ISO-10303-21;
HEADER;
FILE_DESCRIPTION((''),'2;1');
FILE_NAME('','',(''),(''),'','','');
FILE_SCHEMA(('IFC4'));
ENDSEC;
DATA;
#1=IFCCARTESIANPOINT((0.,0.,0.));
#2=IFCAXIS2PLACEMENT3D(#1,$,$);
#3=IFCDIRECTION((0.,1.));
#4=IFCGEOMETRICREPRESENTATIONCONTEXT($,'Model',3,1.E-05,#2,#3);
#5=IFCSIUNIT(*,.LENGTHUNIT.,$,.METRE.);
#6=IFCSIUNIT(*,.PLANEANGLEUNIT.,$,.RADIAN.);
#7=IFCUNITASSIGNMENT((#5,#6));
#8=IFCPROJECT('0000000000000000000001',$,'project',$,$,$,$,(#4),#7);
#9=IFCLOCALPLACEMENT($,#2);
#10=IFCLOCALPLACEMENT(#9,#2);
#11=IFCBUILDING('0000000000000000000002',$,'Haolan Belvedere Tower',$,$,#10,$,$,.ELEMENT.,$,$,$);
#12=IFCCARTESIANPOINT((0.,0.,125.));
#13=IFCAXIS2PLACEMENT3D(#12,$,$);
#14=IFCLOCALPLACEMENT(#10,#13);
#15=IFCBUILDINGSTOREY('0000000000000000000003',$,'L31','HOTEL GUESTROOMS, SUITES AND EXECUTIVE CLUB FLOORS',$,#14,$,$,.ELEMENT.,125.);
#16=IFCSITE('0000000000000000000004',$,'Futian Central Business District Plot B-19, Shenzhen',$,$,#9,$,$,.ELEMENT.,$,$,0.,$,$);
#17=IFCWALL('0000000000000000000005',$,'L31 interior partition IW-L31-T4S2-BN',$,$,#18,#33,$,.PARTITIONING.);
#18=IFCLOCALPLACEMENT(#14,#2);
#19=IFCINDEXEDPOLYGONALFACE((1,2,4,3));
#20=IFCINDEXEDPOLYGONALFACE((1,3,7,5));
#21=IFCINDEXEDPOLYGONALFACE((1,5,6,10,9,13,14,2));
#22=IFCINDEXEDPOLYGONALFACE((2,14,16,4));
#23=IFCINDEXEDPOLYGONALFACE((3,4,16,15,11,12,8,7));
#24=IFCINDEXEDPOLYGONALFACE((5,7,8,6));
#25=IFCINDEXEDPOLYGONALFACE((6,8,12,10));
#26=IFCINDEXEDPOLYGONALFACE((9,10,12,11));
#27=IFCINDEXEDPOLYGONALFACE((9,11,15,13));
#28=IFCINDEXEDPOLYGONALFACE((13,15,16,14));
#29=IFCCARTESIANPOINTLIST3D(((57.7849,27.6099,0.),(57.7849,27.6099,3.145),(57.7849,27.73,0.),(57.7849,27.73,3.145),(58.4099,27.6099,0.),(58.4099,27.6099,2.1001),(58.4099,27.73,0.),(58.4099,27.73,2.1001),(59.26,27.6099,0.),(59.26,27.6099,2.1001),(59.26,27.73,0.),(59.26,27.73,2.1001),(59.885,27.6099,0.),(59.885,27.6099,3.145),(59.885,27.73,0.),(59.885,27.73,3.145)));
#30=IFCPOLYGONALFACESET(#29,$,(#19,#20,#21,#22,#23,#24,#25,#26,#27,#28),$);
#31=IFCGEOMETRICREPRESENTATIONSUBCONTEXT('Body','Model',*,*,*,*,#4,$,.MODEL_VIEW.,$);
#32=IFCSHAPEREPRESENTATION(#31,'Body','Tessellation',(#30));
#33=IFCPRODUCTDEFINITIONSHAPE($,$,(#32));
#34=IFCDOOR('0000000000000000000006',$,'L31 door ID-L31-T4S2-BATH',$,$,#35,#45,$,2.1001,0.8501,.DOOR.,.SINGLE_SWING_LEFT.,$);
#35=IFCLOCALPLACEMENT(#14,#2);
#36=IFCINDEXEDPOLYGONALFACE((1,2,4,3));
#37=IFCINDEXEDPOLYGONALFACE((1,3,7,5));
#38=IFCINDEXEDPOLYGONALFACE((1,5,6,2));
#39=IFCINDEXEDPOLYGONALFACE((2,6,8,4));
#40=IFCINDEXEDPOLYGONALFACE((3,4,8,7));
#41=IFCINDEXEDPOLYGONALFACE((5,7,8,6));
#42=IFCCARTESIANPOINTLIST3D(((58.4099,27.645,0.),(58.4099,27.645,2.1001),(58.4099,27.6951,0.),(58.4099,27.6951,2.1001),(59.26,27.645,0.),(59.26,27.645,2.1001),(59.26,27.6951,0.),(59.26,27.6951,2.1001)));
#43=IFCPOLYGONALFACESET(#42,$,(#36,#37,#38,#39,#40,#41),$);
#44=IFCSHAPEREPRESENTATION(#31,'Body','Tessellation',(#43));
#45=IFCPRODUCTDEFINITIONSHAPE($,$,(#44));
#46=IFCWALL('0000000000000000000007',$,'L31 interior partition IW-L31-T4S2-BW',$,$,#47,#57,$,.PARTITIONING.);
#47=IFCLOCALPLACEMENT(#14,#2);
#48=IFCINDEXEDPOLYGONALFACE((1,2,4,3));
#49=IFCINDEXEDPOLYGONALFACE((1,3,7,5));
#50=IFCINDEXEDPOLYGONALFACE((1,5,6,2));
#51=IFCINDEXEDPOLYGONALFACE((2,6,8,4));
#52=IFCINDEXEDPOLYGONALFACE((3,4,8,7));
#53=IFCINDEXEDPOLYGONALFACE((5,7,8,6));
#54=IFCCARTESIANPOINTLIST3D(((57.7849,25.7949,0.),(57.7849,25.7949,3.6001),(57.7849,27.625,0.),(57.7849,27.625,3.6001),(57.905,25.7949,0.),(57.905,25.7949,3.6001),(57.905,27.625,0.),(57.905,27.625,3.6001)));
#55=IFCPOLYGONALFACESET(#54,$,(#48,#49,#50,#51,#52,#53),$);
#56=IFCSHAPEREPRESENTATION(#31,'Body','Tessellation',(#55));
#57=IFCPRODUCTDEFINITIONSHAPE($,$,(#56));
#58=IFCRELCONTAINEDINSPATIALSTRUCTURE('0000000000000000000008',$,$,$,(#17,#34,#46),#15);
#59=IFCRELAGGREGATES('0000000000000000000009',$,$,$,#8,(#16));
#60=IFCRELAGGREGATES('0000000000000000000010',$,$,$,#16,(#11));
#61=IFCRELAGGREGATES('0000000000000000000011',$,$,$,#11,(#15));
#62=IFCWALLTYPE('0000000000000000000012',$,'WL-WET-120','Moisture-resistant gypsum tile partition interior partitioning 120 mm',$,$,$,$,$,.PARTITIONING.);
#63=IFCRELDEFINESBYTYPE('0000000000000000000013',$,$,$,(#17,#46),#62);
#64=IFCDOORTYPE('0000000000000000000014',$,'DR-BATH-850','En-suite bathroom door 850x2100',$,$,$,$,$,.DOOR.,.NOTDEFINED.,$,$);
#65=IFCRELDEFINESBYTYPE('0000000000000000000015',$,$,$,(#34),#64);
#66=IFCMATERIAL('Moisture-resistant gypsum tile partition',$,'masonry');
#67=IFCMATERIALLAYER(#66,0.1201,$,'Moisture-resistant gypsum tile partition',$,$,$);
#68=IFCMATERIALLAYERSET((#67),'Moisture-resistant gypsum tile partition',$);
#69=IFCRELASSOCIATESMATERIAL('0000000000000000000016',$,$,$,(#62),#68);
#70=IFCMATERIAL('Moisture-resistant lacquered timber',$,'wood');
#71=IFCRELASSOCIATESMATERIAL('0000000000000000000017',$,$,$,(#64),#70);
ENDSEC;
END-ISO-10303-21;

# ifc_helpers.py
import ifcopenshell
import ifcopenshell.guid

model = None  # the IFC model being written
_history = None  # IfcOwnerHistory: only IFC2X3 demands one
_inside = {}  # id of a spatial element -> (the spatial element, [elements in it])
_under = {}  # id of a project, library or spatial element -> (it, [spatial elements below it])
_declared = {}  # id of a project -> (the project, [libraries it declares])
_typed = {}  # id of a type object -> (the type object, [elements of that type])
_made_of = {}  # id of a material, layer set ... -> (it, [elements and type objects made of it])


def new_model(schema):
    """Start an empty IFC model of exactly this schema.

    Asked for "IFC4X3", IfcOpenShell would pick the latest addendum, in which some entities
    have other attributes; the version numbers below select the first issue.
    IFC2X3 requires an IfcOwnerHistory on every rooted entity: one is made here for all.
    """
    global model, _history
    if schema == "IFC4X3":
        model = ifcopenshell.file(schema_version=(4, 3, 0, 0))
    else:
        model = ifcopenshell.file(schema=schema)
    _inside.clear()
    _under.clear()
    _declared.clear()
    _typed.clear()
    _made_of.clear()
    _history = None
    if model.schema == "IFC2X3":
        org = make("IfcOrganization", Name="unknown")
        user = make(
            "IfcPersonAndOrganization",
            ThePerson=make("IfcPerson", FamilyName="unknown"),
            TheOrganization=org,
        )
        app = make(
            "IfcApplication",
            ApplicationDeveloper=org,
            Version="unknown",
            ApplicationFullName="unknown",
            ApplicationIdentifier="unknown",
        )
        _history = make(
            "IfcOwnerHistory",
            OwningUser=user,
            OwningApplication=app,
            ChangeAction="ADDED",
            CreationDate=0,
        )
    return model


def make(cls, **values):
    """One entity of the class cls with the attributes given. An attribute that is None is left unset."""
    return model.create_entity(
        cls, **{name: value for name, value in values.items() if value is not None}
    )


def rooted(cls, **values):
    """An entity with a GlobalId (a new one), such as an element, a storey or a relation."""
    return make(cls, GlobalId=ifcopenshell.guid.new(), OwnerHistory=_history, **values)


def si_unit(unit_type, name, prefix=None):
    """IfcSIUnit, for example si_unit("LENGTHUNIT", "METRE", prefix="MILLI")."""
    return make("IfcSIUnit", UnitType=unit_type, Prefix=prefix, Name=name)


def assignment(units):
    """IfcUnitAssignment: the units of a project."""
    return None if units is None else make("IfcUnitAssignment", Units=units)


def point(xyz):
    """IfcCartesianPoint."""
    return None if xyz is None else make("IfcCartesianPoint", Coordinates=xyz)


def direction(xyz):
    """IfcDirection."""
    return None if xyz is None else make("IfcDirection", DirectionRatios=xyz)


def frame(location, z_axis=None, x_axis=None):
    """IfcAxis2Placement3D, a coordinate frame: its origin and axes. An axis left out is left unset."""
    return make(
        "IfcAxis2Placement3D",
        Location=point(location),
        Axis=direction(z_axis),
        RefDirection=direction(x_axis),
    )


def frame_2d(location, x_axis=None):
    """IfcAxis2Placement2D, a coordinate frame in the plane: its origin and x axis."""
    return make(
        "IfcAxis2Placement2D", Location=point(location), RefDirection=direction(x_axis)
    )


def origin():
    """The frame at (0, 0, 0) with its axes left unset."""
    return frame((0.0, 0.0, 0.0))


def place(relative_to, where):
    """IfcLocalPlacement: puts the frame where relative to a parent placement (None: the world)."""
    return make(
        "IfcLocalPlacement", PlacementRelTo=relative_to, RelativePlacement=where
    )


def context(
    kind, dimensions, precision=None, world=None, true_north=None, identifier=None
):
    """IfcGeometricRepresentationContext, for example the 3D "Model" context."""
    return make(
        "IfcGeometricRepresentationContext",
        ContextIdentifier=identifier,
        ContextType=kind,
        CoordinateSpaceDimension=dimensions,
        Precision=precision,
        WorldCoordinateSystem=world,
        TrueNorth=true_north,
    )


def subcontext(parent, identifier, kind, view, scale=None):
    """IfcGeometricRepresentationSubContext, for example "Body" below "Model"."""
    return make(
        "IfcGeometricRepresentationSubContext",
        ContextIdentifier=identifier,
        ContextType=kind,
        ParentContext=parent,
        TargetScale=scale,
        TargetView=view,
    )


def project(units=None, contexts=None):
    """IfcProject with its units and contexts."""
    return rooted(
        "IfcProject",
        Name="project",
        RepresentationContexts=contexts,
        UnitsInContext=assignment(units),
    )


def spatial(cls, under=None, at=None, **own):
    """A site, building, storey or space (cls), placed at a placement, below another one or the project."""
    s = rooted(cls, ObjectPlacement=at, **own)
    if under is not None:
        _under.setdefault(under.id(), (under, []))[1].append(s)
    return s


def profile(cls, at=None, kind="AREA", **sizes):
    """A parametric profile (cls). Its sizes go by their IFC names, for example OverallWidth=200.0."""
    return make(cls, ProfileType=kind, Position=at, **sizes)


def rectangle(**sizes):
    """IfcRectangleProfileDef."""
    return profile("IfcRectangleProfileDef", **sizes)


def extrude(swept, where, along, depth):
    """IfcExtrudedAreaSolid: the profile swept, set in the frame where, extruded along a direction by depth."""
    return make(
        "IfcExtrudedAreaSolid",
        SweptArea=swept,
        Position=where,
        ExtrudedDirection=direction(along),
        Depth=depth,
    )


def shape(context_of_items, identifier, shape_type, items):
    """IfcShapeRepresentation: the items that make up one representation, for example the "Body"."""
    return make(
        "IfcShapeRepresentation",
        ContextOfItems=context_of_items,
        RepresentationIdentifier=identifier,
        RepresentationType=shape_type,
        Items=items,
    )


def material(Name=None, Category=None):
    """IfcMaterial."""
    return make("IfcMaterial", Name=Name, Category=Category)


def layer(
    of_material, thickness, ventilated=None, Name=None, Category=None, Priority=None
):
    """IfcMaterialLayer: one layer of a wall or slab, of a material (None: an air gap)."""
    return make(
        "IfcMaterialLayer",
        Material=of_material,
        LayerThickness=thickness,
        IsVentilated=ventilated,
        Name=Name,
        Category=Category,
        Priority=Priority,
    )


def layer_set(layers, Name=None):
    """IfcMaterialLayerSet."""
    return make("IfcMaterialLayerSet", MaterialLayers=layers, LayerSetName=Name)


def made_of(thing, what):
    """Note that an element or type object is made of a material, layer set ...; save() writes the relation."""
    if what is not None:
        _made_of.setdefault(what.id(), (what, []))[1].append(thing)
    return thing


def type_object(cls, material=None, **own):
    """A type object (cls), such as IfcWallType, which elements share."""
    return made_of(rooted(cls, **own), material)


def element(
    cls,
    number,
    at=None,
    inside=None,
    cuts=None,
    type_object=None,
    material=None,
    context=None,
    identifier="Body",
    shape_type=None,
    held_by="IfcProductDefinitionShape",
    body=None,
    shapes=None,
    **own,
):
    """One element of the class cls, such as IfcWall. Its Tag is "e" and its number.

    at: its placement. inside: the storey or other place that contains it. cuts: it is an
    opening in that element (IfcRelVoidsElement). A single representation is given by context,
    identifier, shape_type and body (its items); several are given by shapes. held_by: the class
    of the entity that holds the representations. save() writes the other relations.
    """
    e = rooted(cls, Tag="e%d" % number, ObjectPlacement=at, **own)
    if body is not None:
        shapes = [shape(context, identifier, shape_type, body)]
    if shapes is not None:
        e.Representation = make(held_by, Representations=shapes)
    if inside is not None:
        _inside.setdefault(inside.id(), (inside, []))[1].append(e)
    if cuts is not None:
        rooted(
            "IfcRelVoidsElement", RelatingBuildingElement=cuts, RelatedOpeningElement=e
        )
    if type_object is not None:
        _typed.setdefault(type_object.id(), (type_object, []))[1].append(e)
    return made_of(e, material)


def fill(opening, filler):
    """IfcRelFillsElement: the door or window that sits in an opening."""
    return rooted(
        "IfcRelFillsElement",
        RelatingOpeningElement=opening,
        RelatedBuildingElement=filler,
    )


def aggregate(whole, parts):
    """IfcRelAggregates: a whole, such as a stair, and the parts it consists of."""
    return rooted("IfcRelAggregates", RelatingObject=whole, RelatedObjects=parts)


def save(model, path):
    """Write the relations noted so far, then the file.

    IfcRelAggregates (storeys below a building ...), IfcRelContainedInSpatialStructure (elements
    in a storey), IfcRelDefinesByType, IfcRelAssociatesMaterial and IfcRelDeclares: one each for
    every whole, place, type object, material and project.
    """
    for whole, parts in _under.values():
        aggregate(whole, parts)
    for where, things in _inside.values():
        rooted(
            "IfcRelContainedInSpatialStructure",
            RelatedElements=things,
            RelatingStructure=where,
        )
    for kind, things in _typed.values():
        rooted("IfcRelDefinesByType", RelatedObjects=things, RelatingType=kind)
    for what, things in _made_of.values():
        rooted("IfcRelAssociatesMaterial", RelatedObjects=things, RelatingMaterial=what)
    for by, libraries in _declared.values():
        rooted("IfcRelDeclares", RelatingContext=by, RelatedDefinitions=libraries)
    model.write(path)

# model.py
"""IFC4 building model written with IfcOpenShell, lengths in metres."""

from ifc_helpers import new_model, si_unit, direction, frame, frame_2d, origin, place, context, subcontext, project, spatial, rectangle, extrude, material, layer, layer_set, type_object, element, fill, save


model = new_model("IFC4")

# Units and contexts
model_context = context("Model", 3, precision=1e-05, world=origin(), true_north=direction((0.0, 1.0)))
body_context = subcontext(model_context, "Body", "Model", "MODEL_VIEW")
ifc_project = project(units=[si_unit("LENGTHUNIT", "METRE"), si_unit("PLANEANGLEUNIT", "RADIAN")], contexts=[model_context])

# Site, building, storey
site_placement = place(None, origin())
site = spatial("IfcSite", under=ifc_project, at=site_placement, Name="Futian Central Business District Plot B-19, Shenzhen", CompositionType="ELEMENT", RefElevation=0.0)
building_placement = place(site_placement, origin())
building = spatial("IfcBuilding", under=site, at=building_placement, Name="Haolan Belvedere Tower", CompositionType="ELEMENT")
storey_placement = place(building_placement, frame((0.0, 0.0, 125.0)))
storey = spatial("IfcBuildingStorey", under=building, at=storey_placement, Name="L31", Description="HOTEL GUESTROOMS, SUITES AND EXECUTIVE CLUB FLOORS", CompositionType="ELEMENT", Elevation=125.0)

# Shared definitions
ifc_material_1 = material(Name="Moisture-resistant gypsum tile partition", Category="masonry")
ifc_layer_1 = layer(ifc_material_1, 0.1201, Name="Moisture-resistant gypsum tile partition")
ifc_layer_set_1 = layer_set([ifc_layer_1], Name="Moisture-resistant gypsum tile partition")
wall_type_1 = type_object("IfcWallType", Name="WL-WET-120", Description="Moisture-resistant gypsum tile partition interior partitioning 120 mm", PredefinedType="PARTITIONING", material=ifc_layer_set_1)

# Shared definitions
ifc_material_2 = material(Name="Moisture-resistant lacquered timber", Category="wood")
door_type_1 = type_object("IfcDoorType", Name="DR-BATH-850", Description="En-suite bathroom door 850x2100", OperationType="NOTDEFINED", PredefinedType="DOOR", material=ifc_material_2)

# Wall, opening, door
wall_1_placement = place(storey_placement, frame((57.7849, 27.6699, 0.0), z_axis=(0.0, 0.0, 1.0), x_axis=(1.0, 0.0, 0.0)))
wall_1 = element("IfcWall", 1, at=wall_1_placement, inside=storey, type_object=wall_type_1, Name="L31 interior partition IW-L31-T4S2-BN", PredefinedType="PARTITIONING", context=body_context, shape_type="SweptSolid", body=[
    extrude(rectangle(XDim=2.1001, YDim=0.1201, at=frame_2d((1.05, 0.0))), origin(), (0.0, 0.0, 1.0), 3.145),
])
opening_1_placement = place(wall_1_placement, frame((1.4751, 0.0, 0.0), z_axis=(0.0, 0.0, 1.0), x_axis=(-1.0, 0.0, 0.0)))
opening_1 = element("IfcOpeningElement", 2, at=opening_1_placement, cuts=wall_1, PredefinedType="OPENING", context=body_context, shape_type="SweptSolid", body=[
    extrude(rectangle(XDim=0.8501, YDim=2.1001, at=frame_2d((0.425, 1.05))), frame((0.0, 0.0701, 0.0), z_axis=(0.0, -1.0, 0.0), x_axis=(1.0, 0.0, 0.0)), (0.0, 0.0, 1.0), 0.1401),
])
door_1_placement = place(opening_1_placement, origin())
door_1 = element("IfcDoor", 3, at=door_1_placement, inside=storey, type_object=door_type_1, Name="L31 door ID-L31-T4S2-BATH", OperationType="SINGLE_SWING_LEFT", OverallHeight=2.1001, OverallWidth=0.8501, PredefinedType="DOOR", context=body_context, shape_type="SweptSolid", body=[
    extrude(rectangle(XDim=0.8501, YDim=2.1001, at=frame_2d((0.425, 1.05))), frame((0.0, 0.0249, 0.0), z_axis=(0.0, -1.0, 0.0), x_axis=(1.0, 0.0, 0.0)), (0.0, 0.0, 1.0), 0.05),
])
fill(opening_1, door_1)

# Wall
wall_2_placement = place(storey_placement, frame((57.845, 25.7949, 0.0), z_axis=(0.0, 0.0, 1.0), x_axis=(0.0, 1.0, 0.0)))
element("IfcWall", 4, at=wall_2_placement, inside=storey, type_object=wall_type_1, Name="L31 interior partition IW-L31-T4S2-BW", PredefinedType="PARTITIONING", context=body_context, shape_type="SweptSolid", body=[
    extrude(rectangle(XDim=1.8301, YDim=0.1201, at=frame_2d((0.915, 0.0))), origin(), (0.0, 0.0, 1.0), 3.6001),
])

save(model, "model.ifc")
